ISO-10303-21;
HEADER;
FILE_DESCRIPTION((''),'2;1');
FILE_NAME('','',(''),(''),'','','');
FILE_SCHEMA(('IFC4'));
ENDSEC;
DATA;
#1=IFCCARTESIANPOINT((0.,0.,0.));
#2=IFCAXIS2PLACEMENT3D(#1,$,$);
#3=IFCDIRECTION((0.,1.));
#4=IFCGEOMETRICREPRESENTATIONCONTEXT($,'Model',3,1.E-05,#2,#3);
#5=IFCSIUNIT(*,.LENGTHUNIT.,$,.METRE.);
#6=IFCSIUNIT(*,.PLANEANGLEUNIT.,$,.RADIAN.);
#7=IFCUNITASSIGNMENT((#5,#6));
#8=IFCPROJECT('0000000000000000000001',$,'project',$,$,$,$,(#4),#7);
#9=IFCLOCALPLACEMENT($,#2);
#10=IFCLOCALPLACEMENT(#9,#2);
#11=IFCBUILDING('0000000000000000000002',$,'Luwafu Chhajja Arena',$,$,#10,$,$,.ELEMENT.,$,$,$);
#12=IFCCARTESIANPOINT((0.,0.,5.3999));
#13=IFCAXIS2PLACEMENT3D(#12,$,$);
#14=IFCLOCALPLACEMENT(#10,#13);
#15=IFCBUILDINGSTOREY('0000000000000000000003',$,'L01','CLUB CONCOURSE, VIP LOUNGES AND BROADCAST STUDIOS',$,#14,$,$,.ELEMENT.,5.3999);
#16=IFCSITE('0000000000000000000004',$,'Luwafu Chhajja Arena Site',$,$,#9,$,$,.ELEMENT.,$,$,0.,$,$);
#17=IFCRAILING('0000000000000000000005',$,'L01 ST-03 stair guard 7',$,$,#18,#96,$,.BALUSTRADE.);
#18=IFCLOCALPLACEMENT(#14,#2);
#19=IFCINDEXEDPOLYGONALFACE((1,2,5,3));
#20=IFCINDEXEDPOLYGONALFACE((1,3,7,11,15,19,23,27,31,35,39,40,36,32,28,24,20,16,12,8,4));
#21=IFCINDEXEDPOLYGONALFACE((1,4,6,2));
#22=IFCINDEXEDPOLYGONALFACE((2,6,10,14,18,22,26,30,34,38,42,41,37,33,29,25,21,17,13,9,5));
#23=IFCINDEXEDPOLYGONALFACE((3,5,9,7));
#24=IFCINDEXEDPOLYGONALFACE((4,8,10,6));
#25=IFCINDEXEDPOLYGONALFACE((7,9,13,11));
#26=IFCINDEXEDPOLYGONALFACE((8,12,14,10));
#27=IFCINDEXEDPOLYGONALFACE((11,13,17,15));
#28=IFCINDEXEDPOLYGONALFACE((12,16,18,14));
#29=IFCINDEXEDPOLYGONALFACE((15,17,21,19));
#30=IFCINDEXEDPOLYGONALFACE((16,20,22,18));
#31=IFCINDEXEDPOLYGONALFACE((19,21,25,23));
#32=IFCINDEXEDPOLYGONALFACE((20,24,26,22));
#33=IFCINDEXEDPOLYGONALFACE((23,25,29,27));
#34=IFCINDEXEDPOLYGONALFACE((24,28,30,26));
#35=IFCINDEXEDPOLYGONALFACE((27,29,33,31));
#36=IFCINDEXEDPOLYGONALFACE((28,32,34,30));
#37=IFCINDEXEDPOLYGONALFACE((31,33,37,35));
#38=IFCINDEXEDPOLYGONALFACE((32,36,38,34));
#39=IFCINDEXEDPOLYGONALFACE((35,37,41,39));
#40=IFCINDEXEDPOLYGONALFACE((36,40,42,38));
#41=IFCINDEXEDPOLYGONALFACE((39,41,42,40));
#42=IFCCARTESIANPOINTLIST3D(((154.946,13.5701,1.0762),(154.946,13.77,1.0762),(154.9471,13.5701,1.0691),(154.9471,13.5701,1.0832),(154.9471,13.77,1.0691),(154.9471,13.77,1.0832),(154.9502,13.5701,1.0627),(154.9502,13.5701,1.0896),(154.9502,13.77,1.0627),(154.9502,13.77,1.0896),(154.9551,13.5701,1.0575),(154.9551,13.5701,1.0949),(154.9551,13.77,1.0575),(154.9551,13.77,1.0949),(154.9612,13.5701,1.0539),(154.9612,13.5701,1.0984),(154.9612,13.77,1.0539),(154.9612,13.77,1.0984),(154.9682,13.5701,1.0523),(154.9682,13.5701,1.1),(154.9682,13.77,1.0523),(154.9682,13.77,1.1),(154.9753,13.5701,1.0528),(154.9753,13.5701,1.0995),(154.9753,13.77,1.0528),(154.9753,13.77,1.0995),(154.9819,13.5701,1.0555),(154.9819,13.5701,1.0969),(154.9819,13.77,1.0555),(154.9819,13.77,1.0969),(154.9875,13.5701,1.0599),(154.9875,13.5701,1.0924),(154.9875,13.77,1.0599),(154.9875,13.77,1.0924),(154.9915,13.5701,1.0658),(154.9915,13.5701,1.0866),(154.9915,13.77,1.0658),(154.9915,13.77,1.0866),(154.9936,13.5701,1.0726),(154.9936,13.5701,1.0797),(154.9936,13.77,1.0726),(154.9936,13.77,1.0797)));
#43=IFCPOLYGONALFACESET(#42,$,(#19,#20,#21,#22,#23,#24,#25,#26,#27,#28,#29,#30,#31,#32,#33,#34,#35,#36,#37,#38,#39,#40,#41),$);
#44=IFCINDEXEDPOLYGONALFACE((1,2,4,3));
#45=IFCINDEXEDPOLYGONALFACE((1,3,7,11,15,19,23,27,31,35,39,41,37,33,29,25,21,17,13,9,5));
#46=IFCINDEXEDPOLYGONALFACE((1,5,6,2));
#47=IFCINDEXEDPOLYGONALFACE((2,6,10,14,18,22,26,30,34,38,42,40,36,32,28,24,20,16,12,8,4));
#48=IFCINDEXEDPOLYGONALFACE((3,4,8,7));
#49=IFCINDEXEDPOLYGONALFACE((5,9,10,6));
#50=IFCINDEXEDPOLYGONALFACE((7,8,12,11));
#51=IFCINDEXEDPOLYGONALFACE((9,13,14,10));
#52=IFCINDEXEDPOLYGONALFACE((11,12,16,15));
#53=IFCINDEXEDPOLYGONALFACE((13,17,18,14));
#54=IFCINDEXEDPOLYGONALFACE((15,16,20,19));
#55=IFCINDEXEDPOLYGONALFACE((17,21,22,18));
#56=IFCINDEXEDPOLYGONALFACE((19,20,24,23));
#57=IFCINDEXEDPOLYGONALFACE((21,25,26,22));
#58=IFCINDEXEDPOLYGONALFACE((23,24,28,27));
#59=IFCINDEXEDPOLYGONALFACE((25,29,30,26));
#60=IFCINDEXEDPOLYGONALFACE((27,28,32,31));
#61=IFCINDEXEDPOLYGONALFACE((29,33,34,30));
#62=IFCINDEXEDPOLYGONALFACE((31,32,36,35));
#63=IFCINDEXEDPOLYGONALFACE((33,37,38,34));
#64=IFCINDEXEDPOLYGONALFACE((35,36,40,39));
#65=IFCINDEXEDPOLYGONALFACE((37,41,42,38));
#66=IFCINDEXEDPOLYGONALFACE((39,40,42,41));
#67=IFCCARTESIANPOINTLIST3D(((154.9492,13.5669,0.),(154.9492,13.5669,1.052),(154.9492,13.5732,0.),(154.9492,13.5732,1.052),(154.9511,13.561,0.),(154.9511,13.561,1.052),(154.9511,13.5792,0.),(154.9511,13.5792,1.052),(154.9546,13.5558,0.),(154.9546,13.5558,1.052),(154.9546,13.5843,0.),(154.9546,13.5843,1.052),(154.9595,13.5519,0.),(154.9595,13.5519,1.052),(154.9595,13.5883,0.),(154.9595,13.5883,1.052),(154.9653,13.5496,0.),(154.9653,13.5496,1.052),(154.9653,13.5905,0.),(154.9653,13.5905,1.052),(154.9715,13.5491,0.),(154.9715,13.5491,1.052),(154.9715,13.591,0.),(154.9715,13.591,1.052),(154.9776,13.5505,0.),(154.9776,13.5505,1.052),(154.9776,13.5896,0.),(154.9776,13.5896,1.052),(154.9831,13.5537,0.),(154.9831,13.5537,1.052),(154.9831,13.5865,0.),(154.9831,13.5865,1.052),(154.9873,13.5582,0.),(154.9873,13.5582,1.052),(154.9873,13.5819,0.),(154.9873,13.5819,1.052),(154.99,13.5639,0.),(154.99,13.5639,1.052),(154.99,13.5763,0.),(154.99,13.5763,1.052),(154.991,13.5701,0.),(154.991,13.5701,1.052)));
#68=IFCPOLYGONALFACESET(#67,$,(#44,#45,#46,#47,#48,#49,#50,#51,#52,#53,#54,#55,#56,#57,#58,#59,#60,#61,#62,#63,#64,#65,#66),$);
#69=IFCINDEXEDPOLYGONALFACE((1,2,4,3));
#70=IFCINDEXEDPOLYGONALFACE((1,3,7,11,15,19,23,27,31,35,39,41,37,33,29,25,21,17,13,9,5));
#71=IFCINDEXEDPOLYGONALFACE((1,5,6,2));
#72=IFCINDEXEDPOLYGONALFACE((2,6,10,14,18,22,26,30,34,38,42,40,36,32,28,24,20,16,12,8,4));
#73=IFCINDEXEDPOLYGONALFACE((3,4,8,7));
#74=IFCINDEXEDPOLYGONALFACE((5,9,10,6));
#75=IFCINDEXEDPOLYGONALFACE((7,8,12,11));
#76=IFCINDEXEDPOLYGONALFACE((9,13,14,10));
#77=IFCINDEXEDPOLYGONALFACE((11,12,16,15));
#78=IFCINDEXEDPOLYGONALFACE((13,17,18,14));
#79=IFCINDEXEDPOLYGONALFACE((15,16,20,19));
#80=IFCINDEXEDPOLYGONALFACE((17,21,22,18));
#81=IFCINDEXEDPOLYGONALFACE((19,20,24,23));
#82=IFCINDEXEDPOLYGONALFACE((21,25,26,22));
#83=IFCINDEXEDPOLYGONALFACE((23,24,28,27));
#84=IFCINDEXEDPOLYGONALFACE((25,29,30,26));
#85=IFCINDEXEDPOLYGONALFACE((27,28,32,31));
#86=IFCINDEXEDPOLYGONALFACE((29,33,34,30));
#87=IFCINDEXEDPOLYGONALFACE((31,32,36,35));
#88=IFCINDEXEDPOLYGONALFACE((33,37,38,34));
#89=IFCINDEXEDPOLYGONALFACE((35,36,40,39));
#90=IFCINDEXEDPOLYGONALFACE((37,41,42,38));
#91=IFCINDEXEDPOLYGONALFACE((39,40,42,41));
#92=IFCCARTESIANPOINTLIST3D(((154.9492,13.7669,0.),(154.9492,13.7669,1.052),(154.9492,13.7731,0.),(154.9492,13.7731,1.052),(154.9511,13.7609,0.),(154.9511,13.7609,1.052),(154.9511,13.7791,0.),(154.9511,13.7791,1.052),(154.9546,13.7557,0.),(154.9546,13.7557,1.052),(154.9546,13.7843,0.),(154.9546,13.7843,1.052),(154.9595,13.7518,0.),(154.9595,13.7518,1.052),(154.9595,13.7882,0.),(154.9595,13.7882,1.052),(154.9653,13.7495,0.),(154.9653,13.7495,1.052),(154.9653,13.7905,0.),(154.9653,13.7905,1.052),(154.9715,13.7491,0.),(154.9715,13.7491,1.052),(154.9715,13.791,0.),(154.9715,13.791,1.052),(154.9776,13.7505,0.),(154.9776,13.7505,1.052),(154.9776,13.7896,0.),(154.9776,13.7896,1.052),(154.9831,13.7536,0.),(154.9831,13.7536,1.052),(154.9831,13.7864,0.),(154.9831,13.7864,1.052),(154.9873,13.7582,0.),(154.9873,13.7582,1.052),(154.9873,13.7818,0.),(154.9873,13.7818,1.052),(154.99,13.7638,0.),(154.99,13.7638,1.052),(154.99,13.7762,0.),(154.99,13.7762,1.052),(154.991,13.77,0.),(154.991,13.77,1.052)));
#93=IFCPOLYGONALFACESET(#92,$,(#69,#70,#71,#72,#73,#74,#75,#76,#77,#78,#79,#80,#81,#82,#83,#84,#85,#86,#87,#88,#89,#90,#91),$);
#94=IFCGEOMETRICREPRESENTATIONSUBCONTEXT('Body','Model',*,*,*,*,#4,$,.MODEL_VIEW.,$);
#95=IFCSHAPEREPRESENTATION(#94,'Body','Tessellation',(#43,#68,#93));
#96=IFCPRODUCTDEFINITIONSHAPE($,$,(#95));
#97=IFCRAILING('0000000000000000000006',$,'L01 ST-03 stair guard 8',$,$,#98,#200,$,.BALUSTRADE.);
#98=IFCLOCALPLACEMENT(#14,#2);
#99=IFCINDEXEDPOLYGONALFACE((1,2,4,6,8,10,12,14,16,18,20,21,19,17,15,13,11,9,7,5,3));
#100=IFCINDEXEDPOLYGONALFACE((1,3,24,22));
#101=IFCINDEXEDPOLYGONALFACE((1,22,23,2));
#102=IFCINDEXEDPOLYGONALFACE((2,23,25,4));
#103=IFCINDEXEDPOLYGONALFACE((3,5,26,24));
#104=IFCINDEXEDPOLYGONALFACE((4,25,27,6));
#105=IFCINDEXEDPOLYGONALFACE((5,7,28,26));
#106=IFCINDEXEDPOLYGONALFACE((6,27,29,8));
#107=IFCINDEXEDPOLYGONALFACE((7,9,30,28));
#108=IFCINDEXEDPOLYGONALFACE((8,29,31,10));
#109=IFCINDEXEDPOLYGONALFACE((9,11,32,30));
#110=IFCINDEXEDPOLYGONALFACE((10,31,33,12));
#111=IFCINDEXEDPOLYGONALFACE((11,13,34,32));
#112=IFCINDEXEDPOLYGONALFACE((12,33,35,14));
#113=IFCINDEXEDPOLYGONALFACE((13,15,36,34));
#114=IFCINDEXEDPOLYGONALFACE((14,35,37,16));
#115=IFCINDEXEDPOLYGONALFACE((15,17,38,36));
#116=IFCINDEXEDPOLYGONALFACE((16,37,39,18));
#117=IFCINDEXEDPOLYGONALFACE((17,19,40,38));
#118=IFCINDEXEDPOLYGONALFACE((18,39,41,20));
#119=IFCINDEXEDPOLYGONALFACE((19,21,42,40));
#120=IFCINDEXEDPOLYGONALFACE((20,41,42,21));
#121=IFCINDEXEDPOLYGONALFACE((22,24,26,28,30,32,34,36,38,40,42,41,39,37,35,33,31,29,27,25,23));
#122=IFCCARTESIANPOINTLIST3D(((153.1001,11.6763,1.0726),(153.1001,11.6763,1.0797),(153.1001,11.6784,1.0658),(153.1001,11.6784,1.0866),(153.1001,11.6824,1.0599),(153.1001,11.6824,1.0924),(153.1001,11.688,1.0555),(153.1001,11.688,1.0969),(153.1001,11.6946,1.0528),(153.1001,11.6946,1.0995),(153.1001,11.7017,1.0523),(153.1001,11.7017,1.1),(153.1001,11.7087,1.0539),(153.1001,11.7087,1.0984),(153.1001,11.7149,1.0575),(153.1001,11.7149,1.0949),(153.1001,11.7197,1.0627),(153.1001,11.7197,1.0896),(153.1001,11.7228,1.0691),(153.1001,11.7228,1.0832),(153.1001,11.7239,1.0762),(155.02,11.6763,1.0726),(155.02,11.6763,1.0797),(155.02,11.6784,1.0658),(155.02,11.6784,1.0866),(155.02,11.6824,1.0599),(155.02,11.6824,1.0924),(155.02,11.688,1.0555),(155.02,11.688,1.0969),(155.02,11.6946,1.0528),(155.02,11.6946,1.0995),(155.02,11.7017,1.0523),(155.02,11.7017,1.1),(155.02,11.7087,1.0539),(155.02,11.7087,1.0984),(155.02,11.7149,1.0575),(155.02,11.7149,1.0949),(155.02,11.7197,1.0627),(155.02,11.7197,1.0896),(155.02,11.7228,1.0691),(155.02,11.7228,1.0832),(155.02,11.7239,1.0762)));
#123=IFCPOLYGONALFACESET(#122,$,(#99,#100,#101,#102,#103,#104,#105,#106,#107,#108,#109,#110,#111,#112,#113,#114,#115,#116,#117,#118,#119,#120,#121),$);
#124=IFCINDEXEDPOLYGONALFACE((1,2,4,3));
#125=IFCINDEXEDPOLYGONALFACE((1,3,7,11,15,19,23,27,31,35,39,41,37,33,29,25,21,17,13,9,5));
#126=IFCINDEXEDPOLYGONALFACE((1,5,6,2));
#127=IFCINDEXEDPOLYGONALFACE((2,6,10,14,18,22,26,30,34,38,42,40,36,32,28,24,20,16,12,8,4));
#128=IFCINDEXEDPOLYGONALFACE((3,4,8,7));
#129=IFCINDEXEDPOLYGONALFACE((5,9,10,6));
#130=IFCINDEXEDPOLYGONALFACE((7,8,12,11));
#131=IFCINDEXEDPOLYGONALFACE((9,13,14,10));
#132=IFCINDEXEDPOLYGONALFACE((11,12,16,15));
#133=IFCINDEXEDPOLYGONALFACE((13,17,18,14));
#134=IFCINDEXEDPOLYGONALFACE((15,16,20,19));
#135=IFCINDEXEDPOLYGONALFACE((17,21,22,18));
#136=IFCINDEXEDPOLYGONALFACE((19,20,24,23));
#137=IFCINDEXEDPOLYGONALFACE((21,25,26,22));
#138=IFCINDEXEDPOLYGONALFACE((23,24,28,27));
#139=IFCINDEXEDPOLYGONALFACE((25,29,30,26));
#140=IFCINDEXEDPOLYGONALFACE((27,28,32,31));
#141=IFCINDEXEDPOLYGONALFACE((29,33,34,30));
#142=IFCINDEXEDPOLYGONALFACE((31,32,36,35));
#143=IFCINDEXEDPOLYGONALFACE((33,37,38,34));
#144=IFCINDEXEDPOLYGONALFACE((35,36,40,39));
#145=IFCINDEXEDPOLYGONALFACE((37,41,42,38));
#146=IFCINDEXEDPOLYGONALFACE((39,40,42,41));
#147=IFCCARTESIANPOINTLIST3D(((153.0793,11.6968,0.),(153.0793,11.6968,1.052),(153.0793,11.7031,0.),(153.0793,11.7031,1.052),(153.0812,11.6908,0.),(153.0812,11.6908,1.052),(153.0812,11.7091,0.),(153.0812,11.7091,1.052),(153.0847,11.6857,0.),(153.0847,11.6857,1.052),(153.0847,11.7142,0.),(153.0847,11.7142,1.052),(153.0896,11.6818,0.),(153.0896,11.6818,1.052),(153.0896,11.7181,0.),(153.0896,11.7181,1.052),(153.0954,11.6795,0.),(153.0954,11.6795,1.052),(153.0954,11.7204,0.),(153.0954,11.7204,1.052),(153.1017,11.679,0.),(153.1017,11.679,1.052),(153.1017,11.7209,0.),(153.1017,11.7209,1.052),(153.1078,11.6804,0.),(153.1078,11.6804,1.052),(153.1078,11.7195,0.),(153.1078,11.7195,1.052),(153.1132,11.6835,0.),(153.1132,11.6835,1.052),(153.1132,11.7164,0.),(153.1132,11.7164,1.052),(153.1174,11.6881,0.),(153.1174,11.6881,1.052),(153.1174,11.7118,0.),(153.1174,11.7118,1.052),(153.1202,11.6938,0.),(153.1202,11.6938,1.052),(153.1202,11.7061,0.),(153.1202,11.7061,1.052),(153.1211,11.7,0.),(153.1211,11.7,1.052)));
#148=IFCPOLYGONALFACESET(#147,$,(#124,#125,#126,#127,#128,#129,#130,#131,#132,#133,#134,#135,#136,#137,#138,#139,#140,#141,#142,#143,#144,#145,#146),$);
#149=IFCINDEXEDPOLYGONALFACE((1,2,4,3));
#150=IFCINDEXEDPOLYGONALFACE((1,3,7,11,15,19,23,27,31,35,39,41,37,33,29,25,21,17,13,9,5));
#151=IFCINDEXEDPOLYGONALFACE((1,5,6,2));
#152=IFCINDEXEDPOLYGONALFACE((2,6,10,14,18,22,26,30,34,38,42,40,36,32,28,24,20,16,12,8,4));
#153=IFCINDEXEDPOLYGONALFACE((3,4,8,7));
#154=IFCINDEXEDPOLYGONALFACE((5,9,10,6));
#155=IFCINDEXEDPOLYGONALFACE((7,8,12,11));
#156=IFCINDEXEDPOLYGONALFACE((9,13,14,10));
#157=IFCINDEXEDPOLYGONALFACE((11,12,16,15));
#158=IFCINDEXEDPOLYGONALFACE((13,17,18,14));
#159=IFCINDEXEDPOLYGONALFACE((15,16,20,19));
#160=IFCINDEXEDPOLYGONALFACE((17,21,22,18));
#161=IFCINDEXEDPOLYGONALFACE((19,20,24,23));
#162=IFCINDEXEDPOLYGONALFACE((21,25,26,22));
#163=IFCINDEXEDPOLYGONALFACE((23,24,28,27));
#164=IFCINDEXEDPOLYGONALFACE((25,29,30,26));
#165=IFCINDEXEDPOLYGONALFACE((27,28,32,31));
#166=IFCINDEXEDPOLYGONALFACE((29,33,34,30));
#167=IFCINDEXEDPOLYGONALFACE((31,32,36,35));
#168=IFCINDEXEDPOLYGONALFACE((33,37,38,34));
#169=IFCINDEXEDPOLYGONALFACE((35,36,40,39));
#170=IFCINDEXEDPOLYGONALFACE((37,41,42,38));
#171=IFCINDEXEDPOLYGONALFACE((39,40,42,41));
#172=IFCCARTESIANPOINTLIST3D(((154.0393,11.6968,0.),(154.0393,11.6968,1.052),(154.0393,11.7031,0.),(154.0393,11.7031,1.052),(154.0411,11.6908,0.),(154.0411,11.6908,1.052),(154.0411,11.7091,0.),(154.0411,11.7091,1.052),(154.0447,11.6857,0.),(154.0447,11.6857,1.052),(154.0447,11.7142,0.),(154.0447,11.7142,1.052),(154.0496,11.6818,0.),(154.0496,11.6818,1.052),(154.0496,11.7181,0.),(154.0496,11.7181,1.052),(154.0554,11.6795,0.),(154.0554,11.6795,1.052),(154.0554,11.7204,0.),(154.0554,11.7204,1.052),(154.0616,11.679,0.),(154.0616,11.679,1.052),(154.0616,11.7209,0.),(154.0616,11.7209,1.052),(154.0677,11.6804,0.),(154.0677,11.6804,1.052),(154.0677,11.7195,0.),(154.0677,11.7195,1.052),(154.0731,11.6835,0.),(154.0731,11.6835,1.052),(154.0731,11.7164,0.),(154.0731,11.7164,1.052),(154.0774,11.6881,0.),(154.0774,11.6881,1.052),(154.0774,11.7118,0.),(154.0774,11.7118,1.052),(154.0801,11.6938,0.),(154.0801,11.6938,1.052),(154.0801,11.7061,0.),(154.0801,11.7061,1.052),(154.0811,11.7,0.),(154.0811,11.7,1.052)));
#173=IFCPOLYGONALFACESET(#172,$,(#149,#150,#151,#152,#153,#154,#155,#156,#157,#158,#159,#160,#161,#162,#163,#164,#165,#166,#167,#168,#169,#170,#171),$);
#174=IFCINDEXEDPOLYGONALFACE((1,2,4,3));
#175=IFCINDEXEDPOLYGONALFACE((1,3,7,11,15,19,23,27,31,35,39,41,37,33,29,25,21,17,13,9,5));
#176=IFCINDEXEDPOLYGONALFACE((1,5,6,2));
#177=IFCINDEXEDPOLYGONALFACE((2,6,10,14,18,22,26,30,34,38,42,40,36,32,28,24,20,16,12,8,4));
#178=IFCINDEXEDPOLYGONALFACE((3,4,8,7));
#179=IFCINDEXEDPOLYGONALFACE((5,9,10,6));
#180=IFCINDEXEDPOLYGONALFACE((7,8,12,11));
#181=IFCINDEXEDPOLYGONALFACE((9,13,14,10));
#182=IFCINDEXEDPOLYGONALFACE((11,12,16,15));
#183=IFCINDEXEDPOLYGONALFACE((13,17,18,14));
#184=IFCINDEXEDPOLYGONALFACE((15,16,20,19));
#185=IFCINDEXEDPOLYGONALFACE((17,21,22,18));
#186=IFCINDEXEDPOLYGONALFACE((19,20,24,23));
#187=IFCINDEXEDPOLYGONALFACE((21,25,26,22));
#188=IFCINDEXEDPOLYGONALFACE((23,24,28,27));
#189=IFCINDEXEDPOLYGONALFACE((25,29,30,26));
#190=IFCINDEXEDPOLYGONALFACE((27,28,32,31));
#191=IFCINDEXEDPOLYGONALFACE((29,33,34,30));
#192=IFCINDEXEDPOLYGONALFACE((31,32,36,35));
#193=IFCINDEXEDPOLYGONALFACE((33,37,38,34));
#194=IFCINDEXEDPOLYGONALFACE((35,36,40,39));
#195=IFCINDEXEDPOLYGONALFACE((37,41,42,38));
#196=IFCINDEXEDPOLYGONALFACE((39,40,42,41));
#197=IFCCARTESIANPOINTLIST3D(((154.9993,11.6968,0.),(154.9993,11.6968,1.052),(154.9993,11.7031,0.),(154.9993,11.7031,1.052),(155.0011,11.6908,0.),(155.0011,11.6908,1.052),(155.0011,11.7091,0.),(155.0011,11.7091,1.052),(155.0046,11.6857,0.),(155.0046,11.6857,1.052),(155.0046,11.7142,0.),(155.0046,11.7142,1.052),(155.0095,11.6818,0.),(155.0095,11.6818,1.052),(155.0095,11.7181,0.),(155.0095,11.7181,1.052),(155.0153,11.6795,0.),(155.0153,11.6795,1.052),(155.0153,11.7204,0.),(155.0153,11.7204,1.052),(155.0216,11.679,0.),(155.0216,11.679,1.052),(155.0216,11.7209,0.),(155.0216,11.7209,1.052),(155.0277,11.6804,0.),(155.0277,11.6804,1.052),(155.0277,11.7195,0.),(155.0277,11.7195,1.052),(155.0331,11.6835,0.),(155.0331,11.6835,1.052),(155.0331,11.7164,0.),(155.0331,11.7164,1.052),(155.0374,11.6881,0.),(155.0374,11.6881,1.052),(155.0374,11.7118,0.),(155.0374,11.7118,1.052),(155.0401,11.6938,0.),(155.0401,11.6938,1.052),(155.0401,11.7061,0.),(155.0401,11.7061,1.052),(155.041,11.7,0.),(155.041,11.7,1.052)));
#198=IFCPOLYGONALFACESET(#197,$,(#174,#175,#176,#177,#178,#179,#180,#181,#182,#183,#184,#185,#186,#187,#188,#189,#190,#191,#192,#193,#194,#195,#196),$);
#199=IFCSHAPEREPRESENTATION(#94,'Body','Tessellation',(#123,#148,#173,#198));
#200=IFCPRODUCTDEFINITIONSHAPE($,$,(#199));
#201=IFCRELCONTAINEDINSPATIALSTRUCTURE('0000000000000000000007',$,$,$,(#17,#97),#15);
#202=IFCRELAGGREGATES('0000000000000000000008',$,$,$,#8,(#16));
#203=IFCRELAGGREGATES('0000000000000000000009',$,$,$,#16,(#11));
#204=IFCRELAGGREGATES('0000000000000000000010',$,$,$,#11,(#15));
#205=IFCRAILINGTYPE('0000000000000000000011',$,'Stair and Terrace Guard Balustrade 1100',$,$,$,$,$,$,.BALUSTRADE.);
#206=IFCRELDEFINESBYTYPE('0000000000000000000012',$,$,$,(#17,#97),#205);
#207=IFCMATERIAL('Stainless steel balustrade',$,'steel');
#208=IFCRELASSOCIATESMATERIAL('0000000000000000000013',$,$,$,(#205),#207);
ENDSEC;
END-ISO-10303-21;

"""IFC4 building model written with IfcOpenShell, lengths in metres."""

from ifc_helpers import new_model, si_unit, direction, frame, origin, origin_2d, place, context, subcontext, project, spatial, circle, extrude, material, type_object, element, save


model = new_model("IFC4")

# Units and contexts
model_context = context("Model", 3, precision=1e-05, world=origin(), true_north=direction((0.0, 1.0)))
body_context = subcontext(model_context, "Body", "Model", "MODEL_VIEW")
ifc_project = project(units=[si_unit("LENGTHUNIT", "METRE"), si_unit("PLANEANGLEUNIT", "RADIAN")], contexts=[model_context])

# Site, building, storey
site_placement = place(None, origin())
site = spatial("IfcSite", under=ifc_project, at=site_placement, Name="Luwafu Chhajja Arena Site", CompositionType="ELEMENT", RefElevation=0.0)
building_placement = place(site_placement, origin())
building = spatial("IfcBuilding", under=site, at=building_placement, Name="Luwafu Chhajja Arena", CompositionType="ELEMENT")
storey_placement = place(building_placement, frame((0.0, 0.0, 5.3999)))
storey = spatial("IfcBuildingStorey", under=building, at=storey_placement, Name="L01", Description="CLUB CONCOURSE, VIP LOUNGES AND BROADCAST STUDIOS", CompositionType="ELEMENT", Elevation=5.3999)

# Railings
ifc_material_1 = material(Name="Stainless steel balustrade", Category="steel")
railing_type_1 = type_object("IfcRailingType", Name="Stair and Terrace Guard Balustrade 1100", PredefinedType="BALUSTRADE", material=ifc_material_1)
railing_1_placement = place(storey_placement, frame((154.97, 13.5701, 0.0)))
element("IfcRailing", 1, at=railing_1_placement, inside=storey, type_object=railing_type_1, Name="L01 ST-03 stair guard 7", PredefinedType="BALUSTRADE", context=body_context, shape_type="SweptSolid", body=[
    extrude(circle(Radius=0.0239, at=origin_2d()), frame((0.0, 0.0, 1.0762), z_axis=(0.0, 1.0, 0.0), x_axis=(-1.0, 0.0, 0.0)), (0.0, 0.0, 1.0), 0.2),
    extrude(circle(Radius=0.021, at=origin_2d()), origin(), (0.0, 0.0, 1.0), 1.052),
    extrude(circle(Radius=0.021, at=origin_2d()), frame((0.0, 0.2, 0.0)), (0.0, 0.0, 1.0), 1.052),
])
for number, where, name in (
    (2, (153.1001, 11.7, 0.0), "L01 ST-03 stair guard 8"),
):
    element("IfcRailing", number, at=place(storey_placement, frame(where)), inside=storey, type_object=railing_type_1, Name=name, PredefinedType="BALUSTRADE", context=body_context, shape_type="SweptSolid", body=[
        extrude(circle(Radius=0.0239, at=origin_2d()), frame((0.0, 0.0, 1.0762), z_axis=(1.0, 0.0, 0.0), x_axis=(0.0, 1.0, 0.0)), (0.0, 0.0, 1.0), 1.9199),
        extrude(circle(Radius=0.021, at=origin_2d()), origin(), (0.0, 0.0, 1.0), 1.052),
        extrude(circle(Radius=0.021, at=origin_2d()), frame((0.96, 0.0, 0.0)), (0.0, 0.0, 1.0), 1.052),
        extrude(circle(Radius=0.021, at=origin_2d()), frame((1.9199, 0.0, 0.0)), (0.0, 0.0, 1.0), 1.052),
    ])

save(model, "model.ifc")
